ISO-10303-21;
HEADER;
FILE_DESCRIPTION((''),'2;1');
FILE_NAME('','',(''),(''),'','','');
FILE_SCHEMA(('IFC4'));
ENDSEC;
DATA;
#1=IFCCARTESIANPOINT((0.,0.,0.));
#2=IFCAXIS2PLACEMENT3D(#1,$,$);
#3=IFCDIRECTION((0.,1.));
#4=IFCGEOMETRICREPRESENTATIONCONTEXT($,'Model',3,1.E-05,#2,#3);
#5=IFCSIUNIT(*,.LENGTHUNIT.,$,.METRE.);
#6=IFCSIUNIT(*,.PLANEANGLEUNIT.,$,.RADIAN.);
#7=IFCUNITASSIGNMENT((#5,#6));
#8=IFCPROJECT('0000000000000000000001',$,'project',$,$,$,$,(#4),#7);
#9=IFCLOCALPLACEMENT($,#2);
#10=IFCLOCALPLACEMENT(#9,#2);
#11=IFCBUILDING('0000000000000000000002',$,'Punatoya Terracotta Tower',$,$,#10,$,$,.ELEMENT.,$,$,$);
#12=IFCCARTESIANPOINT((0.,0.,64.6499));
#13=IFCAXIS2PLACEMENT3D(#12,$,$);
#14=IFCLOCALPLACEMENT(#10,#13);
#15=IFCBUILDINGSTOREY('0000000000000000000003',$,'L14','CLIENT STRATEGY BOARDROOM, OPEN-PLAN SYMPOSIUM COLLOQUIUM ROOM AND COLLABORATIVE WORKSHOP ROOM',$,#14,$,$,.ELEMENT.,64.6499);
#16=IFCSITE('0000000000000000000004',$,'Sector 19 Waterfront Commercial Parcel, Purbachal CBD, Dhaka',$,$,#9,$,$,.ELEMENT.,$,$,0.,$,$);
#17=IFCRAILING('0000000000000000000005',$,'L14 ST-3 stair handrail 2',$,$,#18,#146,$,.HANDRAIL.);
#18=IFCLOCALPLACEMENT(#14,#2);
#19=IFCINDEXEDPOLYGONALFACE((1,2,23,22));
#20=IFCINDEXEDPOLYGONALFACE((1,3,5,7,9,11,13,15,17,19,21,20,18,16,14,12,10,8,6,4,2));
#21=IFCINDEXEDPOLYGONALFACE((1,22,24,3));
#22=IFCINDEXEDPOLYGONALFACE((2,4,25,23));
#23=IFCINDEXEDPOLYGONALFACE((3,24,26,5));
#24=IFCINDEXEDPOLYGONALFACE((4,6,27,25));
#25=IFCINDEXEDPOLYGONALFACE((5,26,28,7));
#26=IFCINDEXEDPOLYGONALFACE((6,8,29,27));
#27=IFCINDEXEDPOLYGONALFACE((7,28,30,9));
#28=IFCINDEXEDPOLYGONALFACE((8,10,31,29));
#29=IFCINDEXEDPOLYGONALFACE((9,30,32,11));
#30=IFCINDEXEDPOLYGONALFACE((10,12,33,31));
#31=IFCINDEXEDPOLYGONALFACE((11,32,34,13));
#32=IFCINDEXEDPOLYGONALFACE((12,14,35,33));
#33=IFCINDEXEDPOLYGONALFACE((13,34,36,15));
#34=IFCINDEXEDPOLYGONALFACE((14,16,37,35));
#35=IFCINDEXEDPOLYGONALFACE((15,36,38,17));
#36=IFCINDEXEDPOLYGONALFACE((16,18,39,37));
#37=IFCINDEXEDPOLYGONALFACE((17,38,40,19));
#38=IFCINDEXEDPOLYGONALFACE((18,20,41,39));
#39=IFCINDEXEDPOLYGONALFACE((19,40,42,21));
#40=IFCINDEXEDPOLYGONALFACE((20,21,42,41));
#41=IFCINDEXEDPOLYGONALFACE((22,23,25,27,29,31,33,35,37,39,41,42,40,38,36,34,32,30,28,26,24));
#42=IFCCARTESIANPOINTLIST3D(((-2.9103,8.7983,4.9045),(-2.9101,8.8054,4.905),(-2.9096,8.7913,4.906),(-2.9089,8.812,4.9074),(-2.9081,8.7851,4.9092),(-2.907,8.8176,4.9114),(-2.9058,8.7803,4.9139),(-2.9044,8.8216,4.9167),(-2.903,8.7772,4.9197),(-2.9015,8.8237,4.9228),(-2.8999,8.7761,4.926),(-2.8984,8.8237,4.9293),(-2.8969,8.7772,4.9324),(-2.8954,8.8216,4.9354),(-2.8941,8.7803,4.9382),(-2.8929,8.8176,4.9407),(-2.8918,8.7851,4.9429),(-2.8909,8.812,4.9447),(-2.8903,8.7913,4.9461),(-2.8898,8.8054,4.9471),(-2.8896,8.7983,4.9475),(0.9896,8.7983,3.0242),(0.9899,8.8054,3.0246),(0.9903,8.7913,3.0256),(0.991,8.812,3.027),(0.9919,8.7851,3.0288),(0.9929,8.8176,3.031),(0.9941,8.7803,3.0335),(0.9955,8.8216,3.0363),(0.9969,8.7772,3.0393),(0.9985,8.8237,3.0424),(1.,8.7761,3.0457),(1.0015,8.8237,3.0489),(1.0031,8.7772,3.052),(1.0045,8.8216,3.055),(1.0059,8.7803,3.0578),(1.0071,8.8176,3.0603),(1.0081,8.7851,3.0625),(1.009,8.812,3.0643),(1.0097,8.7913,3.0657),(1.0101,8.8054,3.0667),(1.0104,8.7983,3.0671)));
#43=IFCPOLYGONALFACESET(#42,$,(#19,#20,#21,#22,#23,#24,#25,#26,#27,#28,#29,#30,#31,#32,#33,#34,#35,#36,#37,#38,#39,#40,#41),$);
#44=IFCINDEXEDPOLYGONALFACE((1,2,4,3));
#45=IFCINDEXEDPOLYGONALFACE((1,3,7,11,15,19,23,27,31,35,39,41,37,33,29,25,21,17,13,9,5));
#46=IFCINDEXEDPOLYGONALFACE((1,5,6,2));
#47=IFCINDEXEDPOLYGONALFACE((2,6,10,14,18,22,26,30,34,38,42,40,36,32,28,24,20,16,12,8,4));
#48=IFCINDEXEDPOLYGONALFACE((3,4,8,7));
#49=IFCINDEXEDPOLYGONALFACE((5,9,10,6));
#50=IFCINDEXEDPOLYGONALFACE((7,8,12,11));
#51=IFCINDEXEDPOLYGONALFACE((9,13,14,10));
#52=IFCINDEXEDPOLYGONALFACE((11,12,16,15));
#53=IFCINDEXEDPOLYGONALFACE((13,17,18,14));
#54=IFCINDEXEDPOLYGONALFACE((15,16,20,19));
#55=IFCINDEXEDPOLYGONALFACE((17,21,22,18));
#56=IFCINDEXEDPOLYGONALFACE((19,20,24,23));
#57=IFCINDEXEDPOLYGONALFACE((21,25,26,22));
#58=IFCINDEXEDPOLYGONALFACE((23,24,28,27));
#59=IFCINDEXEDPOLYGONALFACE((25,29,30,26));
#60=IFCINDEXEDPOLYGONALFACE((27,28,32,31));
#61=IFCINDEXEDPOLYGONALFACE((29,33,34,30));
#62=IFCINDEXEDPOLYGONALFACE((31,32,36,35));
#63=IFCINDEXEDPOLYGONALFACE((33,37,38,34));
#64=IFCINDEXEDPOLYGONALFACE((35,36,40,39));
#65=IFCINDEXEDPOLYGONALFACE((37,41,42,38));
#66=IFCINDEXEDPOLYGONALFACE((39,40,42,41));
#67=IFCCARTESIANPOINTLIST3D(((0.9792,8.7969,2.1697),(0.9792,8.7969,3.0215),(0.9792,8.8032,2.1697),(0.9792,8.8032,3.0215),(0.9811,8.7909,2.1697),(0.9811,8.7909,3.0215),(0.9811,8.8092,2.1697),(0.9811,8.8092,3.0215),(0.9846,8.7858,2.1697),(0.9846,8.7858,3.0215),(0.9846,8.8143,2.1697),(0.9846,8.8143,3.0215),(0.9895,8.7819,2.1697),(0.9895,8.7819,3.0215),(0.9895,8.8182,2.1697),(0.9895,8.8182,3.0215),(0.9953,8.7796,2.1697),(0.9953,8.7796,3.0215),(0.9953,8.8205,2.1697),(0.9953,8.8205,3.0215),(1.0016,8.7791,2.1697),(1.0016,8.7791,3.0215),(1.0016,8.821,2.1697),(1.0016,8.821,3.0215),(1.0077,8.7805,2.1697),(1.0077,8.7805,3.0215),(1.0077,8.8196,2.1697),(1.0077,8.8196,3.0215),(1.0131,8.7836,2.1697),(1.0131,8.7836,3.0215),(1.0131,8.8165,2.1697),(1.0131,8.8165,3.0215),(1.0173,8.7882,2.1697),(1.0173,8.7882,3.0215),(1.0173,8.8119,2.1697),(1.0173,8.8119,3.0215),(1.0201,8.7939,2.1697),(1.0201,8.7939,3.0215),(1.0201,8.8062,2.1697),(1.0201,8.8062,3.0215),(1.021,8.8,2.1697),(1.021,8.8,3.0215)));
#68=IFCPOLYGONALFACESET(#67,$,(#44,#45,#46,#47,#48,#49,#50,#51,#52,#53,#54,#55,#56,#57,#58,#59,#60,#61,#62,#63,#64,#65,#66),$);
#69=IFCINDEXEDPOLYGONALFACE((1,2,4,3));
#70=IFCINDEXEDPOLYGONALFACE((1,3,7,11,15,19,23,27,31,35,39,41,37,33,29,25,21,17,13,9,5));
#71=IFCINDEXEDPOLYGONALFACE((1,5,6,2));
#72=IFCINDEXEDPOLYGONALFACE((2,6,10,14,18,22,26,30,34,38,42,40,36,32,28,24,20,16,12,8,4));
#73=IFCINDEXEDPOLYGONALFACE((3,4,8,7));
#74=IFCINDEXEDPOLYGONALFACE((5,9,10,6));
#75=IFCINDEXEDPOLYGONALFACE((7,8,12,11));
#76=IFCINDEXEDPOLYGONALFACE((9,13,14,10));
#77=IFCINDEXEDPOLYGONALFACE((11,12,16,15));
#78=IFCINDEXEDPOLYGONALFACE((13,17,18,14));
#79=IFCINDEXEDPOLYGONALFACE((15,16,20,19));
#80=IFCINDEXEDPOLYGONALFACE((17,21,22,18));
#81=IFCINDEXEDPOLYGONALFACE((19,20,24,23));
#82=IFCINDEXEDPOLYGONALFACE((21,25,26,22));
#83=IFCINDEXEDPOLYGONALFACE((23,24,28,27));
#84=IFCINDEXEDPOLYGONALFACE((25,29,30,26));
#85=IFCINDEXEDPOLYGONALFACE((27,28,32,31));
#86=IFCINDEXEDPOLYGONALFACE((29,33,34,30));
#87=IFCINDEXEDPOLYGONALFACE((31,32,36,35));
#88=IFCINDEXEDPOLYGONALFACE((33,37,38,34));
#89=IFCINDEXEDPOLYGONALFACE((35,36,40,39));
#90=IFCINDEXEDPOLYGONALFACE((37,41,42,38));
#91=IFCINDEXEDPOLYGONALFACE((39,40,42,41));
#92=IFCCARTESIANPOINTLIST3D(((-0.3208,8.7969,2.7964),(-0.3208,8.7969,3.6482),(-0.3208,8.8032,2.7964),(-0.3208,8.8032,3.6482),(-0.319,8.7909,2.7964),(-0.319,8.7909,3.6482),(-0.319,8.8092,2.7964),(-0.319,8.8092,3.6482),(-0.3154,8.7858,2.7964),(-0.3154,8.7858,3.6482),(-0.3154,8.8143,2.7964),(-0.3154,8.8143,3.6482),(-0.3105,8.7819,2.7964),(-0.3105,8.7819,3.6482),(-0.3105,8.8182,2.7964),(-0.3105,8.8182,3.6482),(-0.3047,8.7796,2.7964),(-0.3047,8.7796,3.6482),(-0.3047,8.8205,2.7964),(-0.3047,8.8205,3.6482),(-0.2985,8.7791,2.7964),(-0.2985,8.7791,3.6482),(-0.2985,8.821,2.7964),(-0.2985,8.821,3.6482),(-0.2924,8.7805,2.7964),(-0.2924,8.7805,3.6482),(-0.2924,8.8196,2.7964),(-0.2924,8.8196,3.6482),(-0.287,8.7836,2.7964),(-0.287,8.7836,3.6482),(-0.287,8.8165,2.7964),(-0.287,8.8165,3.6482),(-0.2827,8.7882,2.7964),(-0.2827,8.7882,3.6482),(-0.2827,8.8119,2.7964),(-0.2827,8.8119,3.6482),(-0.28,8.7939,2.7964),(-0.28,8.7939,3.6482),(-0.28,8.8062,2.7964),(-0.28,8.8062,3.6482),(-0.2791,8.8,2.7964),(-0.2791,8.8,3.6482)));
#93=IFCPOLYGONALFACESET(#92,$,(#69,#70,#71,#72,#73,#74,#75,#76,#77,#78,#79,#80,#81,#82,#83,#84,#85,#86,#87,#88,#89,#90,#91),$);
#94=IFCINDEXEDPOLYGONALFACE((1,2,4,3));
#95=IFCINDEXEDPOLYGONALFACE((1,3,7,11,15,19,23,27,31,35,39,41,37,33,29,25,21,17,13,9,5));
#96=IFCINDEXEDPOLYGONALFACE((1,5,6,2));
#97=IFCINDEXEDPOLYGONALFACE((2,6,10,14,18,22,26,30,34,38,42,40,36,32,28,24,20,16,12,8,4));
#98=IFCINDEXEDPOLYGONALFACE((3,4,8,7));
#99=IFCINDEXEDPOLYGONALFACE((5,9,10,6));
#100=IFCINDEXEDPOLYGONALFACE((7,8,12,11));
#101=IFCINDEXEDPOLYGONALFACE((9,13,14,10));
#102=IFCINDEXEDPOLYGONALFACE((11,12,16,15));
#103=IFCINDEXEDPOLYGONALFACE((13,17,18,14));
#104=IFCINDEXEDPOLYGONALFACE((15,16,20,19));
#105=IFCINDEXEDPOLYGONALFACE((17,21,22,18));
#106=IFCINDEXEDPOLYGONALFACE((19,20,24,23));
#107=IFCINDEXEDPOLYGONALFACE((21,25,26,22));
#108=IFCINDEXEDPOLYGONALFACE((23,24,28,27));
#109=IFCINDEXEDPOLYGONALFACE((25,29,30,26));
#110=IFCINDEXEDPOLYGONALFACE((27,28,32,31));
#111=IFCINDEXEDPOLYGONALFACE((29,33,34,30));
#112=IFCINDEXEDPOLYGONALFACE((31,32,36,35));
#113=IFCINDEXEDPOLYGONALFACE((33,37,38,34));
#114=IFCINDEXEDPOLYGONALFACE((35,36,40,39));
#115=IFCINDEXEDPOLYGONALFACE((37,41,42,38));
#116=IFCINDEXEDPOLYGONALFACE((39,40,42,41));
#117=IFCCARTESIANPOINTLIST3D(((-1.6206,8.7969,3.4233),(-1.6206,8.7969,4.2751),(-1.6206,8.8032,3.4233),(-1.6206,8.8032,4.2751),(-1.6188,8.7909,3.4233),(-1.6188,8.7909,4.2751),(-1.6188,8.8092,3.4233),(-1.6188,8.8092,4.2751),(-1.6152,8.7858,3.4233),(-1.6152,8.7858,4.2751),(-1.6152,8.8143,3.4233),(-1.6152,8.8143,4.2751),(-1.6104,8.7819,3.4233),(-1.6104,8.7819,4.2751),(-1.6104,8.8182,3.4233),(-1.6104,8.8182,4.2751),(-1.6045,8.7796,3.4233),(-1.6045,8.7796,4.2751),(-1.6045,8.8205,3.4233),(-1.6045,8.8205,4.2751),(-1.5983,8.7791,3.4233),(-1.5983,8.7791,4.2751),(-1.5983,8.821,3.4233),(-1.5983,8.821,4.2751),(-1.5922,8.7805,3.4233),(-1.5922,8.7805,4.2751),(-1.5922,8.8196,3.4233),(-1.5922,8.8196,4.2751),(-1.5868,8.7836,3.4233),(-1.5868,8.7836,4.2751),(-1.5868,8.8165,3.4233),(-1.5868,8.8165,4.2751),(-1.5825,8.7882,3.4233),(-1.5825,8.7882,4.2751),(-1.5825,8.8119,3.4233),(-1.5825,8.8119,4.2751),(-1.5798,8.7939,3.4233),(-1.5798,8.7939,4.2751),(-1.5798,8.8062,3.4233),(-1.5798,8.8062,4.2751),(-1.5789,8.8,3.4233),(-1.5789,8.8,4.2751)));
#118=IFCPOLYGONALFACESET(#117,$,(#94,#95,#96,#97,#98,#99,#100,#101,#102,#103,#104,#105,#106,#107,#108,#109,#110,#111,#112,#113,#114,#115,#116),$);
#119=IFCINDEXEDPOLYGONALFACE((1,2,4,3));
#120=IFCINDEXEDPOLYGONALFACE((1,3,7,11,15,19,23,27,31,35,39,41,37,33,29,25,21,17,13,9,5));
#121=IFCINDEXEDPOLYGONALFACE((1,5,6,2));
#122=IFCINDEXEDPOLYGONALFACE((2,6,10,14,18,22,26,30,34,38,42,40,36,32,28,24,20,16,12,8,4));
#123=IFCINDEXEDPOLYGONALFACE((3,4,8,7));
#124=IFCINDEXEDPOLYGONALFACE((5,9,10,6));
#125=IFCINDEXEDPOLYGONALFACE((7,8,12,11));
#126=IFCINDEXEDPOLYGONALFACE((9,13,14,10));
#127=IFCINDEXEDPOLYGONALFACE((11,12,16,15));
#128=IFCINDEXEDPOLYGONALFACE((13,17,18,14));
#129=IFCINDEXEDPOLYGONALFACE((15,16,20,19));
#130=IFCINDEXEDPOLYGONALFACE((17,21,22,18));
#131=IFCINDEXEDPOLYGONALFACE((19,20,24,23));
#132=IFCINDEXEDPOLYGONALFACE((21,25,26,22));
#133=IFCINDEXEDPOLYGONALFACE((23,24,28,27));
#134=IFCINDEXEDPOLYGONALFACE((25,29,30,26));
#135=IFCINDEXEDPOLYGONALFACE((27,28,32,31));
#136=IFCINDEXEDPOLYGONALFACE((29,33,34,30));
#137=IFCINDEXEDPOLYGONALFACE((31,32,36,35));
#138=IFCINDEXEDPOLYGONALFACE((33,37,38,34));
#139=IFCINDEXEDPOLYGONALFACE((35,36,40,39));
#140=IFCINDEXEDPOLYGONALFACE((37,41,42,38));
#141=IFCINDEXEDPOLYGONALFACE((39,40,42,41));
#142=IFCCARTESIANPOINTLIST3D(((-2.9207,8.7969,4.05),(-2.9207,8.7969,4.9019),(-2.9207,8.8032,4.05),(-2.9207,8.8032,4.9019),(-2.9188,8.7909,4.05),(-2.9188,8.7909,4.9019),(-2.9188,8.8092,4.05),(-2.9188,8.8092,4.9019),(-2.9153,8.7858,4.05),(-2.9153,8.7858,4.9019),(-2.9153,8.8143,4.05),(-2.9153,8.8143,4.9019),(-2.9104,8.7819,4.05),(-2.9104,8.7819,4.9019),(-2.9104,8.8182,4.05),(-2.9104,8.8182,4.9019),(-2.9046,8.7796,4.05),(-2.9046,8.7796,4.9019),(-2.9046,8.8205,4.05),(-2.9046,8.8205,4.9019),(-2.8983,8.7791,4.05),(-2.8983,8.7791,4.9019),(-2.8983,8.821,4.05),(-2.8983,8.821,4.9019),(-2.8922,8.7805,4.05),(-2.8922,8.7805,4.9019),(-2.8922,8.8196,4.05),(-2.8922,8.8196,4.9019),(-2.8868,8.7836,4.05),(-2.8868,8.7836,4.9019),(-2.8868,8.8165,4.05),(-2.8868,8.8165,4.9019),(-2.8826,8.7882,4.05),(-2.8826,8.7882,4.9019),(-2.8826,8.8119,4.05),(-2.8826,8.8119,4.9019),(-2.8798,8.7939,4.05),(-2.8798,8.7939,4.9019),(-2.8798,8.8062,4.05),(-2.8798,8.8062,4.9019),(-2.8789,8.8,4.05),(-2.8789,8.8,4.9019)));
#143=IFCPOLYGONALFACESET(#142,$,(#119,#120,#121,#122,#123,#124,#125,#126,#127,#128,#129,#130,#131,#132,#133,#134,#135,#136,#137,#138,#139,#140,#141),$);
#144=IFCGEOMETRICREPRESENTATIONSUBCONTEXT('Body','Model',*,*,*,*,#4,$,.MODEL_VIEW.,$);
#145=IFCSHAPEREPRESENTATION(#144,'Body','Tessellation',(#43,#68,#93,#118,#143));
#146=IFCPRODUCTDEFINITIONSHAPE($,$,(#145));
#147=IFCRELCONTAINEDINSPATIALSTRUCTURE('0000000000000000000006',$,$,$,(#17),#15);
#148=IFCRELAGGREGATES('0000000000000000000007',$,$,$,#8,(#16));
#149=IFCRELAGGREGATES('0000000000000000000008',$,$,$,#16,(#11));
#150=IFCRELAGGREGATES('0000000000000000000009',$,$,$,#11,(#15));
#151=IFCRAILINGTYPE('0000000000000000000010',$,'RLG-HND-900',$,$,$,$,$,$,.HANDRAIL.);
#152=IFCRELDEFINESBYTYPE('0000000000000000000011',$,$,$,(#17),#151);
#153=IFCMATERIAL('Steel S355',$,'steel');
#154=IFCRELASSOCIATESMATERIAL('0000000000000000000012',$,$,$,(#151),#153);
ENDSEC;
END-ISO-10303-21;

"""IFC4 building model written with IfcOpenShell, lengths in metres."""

from ifc_helpers import new_model, si_unit, direction, frame, origin, origin_2d, place, context, subcontext, project, spatial, circle, extrude, material, type_object, element, save


model = new_model("IFC4")

# Units and contexts
model_context = context("Model", 3, precision=1e-05, world=origin(), true_north=direction((0.0, 1.0)))
body_context = subcontext(model_context, "Body", "Model", "MODEL_VIEW")
ifc_project = project(units=[si_unit("LENGTHUNIT", "METRE"), si_unit("PLANEANGLEUNIT", "RADIAN")], contexts=[model_context])

# Site, building, storey
site_placement = place(None, origin())
site = spatial("IfcSite", under=ifc_project, at=site_placement, Name="Sector 19 Waterfront Commercial Parcel, Purbachal CBD, Dhaka", CompositionType="ELEMENT", RefElevation=0.0)
building_placement = place(site_placement, origin())
building = spatial("IfcBuilding", under=site, at=building_placement, Name="Punatoya Terracotta Tower", CompositionType="ELEMENT")
storey_placement = place(building_placement, frame((0.0, 0.0, 64.6499)))
storey = spatial("IfcBuildingStorey", under=building, at=storey_placement, Name="L14", Description="CLIENT STRATEGY BOARDROOM, OPEN-PLAN SYMPOSIUM COLLOQUIUM ROOM AND COLLABORATIVE WORKSHOP ROOM", CompositionType="ELEMENT", Elevation=64.6499)

# Shared definitions
ifc_material_1 = material(Name="Steel S355", Category="steel")

# Railing
railing_type_1 = type_object("IfcRailingType", Name="RLG-HND-900", PredefinedType="HANDRAIL", material=ifc_material_1)
railing_1_placement = place(storey_placement, frame((1.0, 8.8, 2.1697)))
element("IfcRailing", 1, at=railing_1_placement, inside=storey, type_object=railing_type_1, Name="L14 ST-3 stair handrail 2", PredefinedType="HANDRAIL", context=body_context, shape_type="SweptSolid", body=[
    extrude(circle(Radius=0.0239, at=origin_2d()), frame((0.0, 0.0, 0.876), z_axis=(-0.900763, 0.0, 0.434311), x_axis=(0.0, -1.0, 0.0)), (0.0, 0.0, 1.0), 4.3296),
    extrude(circle(Radius=0.021, at=origin_2d()), origin(), (0.0, 0.0, 1.0), 0.8518),
    extrude(circle(Radius=0.021, at=origin_2d()), frame((-1.3, 0.0, 0.6267)), (0.0, 0.0, 1.0), 0.8518),
    extrude(circle(Radius=0.021, at=origin_2d()), frame((-2.5999, 0.0, 1.2537)), (0.0, 0.0, 1.0), 0.8518),
    extrude(circle(Radius=0.021, at=origin_2d()), frame((-3.8999, 0.0, 1.8804)), (0.0, 0.0, 1.0), 0.8518),
])

save(model, "model.ifc")
